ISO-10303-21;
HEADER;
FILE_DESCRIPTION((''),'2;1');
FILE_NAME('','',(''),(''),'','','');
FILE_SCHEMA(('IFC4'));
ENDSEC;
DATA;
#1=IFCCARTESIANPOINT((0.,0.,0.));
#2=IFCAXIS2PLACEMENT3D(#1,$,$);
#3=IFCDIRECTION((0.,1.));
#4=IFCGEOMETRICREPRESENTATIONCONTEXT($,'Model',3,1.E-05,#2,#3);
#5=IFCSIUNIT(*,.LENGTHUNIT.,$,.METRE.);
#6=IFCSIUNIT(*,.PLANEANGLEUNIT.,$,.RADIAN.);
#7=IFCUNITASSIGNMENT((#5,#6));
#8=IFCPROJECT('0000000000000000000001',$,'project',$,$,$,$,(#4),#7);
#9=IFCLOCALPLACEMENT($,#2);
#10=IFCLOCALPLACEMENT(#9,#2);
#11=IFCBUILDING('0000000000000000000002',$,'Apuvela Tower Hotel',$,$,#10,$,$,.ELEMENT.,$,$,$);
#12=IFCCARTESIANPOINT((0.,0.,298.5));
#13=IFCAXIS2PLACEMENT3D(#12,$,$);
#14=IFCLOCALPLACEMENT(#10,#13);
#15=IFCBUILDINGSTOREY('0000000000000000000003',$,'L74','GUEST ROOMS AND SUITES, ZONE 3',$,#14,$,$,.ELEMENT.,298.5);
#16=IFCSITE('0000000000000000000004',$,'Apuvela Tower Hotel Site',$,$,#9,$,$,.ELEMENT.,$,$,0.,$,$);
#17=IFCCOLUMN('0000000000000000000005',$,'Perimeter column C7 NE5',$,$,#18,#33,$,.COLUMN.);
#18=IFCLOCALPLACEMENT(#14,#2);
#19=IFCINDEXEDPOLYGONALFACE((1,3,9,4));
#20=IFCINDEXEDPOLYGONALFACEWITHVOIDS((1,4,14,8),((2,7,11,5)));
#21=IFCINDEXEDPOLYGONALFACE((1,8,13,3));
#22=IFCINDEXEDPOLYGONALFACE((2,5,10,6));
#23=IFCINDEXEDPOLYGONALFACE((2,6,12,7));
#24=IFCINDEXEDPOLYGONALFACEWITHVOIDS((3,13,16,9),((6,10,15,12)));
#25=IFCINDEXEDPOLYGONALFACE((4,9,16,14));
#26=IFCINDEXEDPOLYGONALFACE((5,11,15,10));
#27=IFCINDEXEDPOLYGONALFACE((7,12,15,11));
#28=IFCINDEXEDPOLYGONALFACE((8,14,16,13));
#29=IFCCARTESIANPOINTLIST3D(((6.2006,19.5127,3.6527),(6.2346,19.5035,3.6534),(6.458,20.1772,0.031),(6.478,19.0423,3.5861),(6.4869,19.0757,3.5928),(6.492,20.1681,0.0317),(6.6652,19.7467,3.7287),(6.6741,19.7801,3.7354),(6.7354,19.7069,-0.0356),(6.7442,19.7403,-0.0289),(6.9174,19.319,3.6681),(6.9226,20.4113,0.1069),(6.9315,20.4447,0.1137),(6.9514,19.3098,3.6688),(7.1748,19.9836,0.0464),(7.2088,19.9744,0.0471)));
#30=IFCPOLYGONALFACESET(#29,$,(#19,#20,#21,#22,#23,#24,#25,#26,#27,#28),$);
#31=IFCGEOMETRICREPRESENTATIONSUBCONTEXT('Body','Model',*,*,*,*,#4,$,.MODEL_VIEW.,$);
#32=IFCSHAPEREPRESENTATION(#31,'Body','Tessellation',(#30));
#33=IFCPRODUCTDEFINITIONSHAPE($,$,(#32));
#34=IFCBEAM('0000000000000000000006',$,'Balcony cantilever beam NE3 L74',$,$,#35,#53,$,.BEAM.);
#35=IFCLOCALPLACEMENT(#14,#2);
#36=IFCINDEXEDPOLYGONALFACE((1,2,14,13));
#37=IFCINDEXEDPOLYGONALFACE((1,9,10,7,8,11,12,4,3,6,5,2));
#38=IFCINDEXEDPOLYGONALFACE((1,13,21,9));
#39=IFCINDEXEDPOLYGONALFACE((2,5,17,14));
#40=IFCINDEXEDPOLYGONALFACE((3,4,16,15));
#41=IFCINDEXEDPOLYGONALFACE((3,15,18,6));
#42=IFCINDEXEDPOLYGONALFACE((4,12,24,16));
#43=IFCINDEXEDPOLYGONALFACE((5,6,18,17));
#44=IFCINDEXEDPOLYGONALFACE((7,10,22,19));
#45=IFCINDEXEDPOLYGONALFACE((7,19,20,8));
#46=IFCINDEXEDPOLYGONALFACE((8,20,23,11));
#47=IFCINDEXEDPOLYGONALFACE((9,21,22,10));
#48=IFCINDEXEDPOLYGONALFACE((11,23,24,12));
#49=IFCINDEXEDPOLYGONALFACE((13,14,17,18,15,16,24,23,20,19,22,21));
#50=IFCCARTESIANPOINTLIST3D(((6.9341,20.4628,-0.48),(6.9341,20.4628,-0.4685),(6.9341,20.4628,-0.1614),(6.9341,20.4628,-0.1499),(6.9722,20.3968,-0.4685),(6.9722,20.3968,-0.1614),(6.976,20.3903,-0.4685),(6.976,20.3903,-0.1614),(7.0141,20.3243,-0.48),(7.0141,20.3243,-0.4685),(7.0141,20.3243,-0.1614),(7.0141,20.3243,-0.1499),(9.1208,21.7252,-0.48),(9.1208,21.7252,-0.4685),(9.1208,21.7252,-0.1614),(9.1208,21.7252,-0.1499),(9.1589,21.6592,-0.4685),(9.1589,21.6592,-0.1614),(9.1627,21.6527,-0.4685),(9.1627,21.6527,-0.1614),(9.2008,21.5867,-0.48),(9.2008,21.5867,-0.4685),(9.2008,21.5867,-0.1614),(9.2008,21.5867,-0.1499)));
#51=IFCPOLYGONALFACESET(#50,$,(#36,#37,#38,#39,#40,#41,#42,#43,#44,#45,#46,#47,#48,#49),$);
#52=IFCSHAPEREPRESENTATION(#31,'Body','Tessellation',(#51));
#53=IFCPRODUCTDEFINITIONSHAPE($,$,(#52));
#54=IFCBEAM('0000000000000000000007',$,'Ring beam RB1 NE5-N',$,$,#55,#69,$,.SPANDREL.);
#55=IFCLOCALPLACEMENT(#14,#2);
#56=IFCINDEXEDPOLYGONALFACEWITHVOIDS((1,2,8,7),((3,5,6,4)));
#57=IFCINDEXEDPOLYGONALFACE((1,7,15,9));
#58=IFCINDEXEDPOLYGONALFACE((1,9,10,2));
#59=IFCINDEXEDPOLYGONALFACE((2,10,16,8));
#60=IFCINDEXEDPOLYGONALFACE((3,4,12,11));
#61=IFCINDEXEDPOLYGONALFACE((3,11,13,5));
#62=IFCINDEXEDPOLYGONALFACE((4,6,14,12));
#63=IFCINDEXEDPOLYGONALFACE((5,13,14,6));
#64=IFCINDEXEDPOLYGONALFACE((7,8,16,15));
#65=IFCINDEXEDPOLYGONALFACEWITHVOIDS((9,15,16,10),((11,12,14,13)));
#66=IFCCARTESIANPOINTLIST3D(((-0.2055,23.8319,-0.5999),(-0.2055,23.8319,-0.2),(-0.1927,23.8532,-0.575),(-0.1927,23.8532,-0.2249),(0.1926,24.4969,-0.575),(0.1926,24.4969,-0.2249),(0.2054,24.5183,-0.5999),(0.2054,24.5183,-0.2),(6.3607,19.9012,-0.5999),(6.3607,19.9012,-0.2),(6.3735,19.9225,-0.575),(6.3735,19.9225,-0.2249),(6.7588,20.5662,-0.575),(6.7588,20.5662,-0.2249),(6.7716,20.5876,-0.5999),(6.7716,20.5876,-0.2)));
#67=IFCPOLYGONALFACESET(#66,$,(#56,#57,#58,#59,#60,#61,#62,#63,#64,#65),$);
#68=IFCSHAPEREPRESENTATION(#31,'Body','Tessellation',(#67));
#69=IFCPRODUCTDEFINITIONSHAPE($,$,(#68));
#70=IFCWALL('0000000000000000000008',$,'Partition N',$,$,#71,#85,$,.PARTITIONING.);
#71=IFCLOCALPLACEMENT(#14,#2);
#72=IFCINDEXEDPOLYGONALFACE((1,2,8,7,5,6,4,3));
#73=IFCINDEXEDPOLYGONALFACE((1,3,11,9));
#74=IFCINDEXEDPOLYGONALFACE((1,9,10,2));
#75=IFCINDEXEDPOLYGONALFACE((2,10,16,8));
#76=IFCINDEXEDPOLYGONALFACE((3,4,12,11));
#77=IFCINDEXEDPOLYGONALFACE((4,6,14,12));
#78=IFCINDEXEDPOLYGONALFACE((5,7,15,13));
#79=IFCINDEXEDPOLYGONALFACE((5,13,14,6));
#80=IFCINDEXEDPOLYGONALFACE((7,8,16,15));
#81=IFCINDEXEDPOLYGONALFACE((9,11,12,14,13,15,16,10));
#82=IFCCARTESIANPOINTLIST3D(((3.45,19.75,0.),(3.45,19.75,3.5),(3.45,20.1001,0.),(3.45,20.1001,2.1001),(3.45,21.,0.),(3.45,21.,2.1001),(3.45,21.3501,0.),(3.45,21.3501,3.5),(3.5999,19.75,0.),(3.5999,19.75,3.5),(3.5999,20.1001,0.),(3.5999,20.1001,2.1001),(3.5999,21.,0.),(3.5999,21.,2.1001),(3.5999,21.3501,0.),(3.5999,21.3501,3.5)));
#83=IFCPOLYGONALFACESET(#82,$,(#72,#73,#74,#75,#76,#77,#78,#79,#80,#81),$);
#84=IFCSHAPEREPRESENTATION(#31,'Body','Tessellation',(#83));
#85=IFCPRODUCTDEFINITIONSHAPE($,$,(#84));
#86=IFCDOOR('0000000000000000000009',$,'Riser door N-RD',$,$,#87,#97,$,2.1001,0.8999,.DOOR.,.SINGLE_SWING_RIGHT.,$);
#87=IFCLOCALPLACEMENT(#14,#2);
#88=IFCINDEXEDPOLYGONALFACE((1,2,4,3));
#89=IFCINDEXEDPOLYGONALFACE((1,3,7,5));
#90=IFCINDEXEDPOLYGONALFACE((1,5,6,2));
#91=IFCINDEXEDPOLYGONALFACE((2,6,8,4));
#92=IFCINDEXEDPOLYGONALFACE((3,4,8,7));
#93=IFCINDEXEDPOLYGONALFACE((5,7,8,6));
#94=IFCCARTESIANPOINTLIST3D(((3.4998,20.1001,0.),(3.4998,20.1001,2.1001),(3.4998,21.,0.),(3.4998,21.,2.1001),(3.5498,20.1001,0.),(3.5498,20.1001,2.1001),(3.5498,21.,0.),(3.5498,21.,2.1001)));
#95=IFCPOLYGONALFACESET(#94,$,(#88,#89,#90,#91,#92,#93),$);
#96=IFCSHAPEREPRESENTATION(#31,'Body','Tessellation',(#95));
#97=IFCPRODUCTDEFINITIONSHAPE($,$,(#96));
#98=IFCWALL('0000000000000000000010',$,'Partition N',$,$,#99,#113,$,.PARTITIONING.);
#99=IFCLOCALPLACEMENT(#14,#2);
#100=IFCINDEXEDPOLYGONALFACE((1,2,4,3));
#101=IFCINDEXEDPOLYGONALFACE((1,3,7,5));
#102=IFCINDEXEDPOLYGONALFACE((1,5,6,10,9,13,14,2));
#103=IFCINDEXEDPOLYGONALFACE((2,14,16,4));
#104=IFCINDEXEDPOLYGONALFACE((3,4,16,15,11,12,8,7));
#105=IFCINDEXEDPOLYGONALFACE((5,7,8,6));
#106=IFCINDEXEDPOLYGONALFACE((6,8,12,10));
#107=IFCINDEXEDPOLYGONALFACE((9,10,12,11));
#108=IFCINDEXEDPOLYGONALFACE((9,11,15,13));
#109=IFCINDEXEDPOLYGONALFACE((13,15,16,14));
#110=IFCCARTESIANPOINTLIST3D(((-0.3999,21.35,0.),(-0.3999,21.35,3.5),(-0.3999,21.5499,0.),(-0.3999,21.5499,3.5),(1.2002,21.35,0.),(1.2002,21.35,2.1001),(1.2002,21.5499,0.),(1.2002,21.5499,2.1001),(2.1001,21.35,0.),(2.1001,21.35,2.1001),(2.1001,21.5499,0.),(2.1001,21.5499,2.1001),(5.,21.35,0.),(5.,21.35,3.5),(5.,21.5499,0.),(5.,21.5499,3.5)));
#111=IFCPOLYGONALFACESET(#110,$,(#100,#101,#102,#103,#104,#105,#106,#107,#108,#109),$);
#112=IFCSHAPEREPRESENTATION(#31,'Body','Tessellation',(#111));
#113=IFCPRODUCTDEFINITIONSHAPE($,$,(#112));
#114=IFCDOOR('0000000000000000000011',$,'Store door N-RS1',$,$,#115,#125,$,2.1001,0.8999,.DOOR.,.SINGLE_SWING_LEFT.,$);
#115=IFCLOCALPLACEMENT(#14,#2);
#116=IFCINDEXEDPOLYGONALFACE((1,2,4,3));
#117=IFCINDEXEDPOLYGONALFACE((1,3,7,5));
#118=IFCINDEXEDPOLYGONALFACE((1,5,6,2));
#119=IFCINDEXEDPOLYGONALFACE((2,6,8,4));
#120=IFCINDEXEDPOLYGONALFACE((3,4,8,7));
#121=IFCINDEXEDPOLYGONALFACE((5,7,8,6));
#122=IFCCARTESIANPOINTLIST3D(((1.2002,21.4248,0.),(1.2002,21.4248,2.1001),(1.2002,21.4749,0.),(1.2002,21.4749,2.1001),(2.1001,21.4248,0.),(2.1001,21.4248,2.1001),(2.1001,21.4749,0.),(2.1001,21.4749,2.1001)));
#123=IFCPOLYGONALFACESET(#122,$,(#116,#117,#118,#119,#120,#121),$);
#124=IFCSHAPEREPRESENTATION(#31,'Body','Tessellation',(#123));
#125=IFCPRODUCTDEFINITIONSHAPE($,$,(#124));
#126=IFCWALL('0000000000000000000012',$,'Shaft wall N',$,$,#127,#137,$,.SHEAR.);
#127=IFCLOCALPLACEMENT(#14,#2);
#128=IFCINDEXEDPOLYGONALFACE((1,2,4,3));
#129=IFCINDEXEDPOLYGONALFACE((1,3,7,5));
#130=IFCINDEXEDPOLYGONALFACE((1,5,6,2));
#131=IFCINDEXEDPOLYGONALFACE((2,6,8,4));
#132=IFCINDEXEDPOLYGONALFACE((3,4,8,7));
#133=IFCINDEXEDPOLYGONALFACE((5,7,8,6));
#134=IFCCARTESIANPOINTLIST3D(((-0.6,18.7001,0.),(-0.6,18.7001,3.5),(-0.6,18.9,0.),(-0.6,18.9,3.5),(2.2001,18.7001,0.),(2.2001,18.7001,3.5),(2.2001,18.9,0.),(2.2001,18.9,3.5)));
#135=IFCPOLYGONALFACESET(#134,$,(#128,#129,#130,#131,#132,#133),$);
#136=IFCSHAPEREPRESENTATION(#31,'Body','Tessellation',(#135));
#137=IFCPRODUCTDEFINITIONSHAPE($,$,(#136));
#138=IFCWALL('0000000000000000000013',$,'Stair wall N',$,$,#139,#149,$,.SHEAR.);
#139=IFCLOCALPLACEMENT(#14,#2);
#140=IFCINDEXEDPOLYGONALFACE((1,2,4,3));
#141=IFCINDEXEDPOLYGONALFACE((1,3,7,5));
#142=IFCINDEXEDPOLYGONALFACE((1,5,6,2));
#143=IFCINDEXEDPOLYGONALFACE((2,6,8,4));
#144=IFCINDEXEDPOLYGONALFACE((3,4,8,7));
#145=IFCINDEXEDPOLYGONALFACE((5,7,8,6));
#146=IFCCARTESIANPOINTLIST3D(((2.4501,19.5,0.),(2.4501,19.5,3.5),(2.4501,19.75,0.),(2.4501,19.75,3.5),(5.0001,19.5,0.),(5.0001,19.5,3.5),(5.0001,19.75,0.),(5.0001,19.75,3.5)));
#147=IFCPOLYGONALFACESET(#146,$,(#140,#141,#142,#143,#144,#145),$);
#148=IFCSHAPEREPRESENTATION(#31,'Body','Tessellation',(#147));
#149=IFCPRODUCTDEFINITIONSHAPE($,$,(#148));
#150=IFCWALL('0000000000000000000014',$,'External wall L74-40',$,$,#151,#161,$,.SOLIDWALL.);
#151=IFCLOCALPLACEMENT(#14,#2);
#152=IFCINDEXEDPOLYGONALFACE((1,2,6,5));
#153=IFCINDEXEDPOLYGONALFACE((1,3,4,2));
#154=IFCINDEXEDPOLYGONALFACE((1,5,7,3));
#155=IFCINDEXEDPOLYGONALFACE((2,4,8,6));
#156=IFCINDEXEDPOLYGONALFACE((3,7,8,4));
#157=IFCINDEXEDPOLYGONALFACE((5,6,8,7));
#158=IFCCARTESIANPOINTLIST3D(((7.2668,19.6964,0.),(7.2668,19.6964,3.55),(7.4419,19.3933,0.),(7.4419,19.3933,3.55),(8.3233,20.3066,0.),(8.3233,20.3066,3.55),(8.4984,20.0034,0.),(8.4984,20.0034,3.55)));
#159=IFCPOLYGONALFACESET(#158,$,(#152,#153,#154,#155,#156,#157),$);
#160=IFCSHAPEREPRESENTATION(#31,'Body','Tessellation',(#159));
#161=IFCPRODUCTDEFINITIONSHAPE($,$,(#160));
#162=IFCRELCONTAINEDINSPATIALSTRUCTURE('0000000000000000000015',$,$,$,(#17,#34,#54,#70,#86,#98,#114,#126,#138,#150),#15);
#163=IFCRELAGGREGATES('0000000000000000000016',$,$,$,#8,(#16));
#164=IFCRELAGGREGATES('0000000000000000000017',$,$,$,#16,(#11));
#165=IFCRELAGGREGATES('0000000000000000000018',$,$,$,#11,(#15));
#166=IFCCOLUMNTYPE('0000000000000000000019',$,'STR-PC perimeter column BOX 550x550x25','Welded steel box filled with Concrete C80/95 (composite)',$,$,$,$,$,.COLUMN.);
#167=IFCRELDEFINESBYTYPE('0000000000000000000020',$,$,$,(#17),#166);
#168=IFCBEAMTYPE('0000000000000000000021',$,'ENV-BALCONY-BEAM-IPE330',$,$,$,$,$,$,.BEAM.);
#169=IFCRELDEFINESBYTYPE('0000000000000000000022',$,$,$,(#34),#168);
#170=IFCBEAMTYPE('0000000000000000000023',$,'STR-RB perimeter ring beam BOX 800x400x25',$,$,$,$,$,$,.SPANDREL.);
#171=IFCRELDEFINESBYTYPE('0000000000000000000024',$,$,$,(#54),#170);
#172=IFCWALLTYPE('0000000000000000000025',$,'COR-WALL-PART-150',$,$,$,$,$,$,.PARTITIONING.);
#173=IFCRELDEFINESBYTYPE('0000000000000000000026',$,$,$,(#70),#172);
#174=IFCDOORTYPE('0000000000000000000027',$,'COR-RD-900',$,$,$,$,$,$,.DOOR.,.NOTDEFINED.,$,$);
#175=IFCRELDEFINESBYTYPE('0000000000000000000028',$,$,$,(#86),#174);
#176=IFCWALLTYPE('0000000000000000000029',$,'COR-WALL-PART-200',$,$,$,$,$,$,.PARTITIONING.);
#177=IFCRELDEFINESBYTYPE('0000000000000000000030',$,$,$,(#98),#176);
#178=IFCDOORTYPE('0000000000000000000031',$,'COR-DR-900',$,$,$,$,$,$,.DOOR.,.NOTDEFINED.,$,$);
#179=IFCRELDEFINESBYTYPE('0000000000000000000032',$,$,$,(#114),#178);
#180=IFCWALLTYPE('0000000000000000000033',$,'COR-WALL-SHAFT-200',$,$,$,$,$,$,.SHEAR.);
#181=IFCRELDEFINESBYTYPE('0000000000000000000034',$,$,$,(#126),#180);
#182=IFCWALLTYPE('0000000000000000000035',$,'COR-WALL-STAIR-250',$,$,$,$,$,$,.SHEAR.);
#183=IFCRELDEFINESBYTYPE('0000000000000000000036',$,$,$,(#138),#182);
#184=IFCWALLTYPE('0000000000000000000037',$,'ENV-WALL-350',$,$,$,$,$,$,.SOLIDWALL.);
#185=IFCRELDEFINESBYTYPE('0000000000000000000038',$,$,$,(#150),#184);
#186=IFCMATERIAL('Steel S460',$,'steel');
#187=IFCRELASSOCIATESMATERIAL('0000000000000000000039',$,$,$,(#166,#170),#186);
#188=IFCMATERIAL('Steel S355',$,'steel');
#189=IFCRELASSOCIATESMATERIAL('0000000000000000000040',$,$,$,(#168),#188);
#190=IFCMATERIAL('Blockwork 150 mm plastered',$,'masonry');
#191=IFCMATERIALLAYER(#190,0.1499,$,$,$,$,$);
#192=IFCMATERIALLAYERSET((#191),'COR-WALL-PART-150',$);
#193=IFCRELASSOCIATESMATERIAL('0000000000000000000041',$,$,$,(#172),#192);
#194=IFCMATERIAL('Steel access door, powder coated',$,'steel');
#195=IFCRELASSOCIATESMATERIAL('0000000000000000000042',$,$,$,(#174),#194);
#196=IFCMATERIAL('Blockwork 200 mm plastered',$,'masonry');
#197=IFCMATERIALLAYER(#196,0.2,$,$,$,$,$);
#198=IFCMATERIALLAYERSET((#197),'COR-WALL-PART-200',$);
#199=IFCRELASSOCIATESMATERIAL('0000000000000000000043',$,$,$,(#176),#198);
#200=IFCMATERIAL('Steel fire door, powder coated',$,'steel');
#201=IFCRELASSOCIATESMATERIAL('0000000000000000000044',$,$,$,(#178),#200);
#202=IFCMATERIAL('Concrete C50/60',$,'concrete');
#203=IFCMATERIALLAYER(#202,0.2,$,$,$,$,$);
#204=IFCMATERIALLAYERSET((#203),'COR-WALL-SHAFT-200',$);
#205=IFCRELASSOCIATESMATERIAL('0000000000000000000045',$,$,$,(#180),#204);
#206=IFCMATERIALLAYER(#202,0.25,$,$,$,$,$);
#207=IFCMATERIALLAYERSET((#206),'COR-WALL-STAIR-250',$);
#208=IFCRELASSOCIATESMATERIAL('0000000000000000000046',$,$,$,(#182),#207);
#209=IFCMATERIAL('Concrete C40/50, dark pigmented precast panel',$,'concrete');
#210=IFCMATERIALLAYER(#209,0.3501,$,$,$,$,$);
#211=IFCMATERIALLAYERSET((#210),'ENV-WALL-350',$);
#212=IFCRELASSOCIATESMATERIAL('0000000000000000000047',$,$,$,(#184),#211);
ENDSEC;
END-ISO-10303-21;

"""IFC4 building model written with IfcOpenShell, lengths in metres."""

from ifc_helpers import new_model, si_unit, direction, frame, frame_2d, origin, origin_2d, place, context, subcontext, project, spatial, rectangle, hollow_rectangle, i_section, extrude, boolean, halfspace, material, layer, layer_set, material_profile, profile_set, type_object, element, fill, save


model = new_model("IFC4")

# Units and contexts
model_context = context("Model", 3, precision=1e-05, world=origin(), true_north=direction((0.0, 1.0)))
body_context = subcontext(model_context, "Body", "Model", "MODEL_VIEW")
ifc_project = project(units=[si_unit("LENGTHUNIT", "METRE"), si_unit("PLANEANGLEUNIT", "RADIAN")], contexts=[model_context])

# Site, building, storey
site_placement = place(None, origin())
site = spatial("IfcSite", under=ifc_project, at=site_placement, Name="Apuvela Tower Hotel Site", CompositionType="ELEMENT", RefElevation=0.0)
building_placement = place(site_placement, origin())
building = spatial("IfcBuilding", under=site, at=building_placement, Name="Apuvela Tower Hotel", CompositionType="ELEMENT")
storey_placement = place(building_placement, frame((0.0, 0.0, 298.5)))
storey = spatial("IfcBuildingStorey", under=building, at=storey_placement, Name="L74", Description="GUEST ROOMS AND SUITES, ZONE 3", CompositionType="ELEMENT", Elevation=298.5)

# Column
ifc_material_1 = material(Name="Steel S460", Category="steel")
ifc_material_profile_1 = material_profile(ifc_material_1, hollow_rectangle(XDim=0.55, YDim=0.55, WallThickness=0.0249, at=origin_2d()), Name="BOX 550x550x25")
ifc_material_2 = material(Name="Concrete C80/95", Category="concrete")
ifc_material_profile_2 = material_profile(ifc_material_2, rectangle(XDim=0.5, YDim=0.5, at=origin_2d()), Name="Concrete C80/95 infill")
ifc_profile_set_1 = profile_set([ifc_material_profile_1, ifc_material_profile_2], Name="Steel S460")
column_type = type_object("IfcColumnType", Name="STR-PC perimeter column BOX 550x550x25", Description="Welded steel box filled with Concrete C80/95 (composite)", PredefinedType="COLUMN", material=ifc_profile_set_1)
column_placement = place(storey_placement, frame((6.8362, 20.083, 0.0), z_axis=(-0.069728, -0.180051, 0.981183), x_axis=(-0.504247, 0.855031, 0.121067)))
element("IfcColumn", 1, at=column_placement, inside=storey, type_object=column_type, Name="Perimeter column C7 NE5", PredefinedType="COLUMN", context=body_context, shape_type="SweptSolid", body=[
    boolean("DIFFERENCE", boolean("DIFFERENCE", extrude(hollow_rectangle(XDim=0.55, YDim=0.55, WallThickness=0.0249, at=origin_2d()), origin(), (0.0, 0.0, 1.0), 3.771), halfspace(frame((0.0, 0.0, 0.0398), z_axis=(0.0, 0.0, 1.0), x_axis=(1.0, 0.0, 0.0)), True)), halfspace(frame((0.0, 0.0, 3.731), z_axis=(0.0, 0.0, 1.0), x_axis=(1.0, 0.0, 0.0)), False)),
])

# Beams
ifc_material_3 = material(Name="Steel S355", Category="steel")
ifc_material_profile_3 = material_profile(ifc_material_3, i_section(OverallWidth=0.1599, OverallDepth=0.3301, WebThickness=0.0076, FlangeThickness=0.0115, at=origin_2d()), Name="IPE 330")
ifc_profile_set_2 = profile_set([ifc_material_profile_3], Name="Steel S355")
beam_type_1 = type_object("IfcBeamType", Name="ENV-BALCONY-BEAM-IPE330", PredefinedType="BEAM", material=ifc_profile_set_2)
beam_1_placement = place(storey_placement, frame((6.9741, 20.3936, -0.3149), z_axis=(0.866039, 0.499976, 0.0), x_axis=(-0.499976, 0.866039, 0.0)))
element("IfcBeam", 2, at=beam_1_placement, inside=storey, type_object=beam_type_1, Name="Balcony cantilever beam NE3 L74", PredefinedType="BEAM", context=body_context, shape_type="SweptSolid", body=[
    extrude(i_section(OverallWidth=0.1599, OverallDepth=0.3301, WebThickness=0.0076, FlangeThickness=0.0115, at=origin_2d()), origin(), (0.0, 0.0, 1.0), 2.5249),
])
ifc_material_profile_4 = material_profile(ifc_material_1, hollow_rectangle(XDim=0.8, YDim=0.3999, WallThickness=0.0249, at=origin_2d()), Name="BOX 800x400x25")
ifc_profile_set_3 = profile_set([ifc_material_profile_4], Name="Steel S460")
beam_type_2 = type_object("IfcBeamType", Name="STR-RB perimeter ring beam BOX 800x400x25", PredefinedType="SPANDREL", material=ifc_profile_set_3)
beam_2_placement = place(storey_placement, frame((6.5662, 20.2444, -0.3999), z_axis=(-0.858013, 0.513628, 0.0), x_axis=(-0.513628, -0.858013, 0.0)))
element("IfcBeam", 3, at=beam_2_placement, inside=storey, type_object=beam_type_2, Name="Ring beam RB1 NE5-N", PredefinedType="SPANDREL", context=body_context, shape_type="SweptSolid", body=[
    extrude(hollow_rectangle(XDim=0.8, YDim=0.3999, WallThickness=0.0249, at=origin_2d()), origin(), (0.0, 0.0, 1.0), 7.6528),
])

# Walls, openings, doors
ifc_material_4 = material(Name="Blockwork 150 mm plastered", Category="masonry")
ifc_layer_1 = layer(ifc_material_4, 0.1499)
ifc_layer_set_1 = layer_set([ifc_layer_1], Name="COR-WALL-PART-150")
wall_type_1 = type_object("IfcWallType", Name="COR-WALL-PART-150", PredefinedType="PARTITIONING", material=ifc_layer_set_1)
wall_1_placement = place(storey_placement, frame((3.5249, 19.75, 0.0), z_axis=(0.0, 0.0, 1.0), x_axis=(0.0, 1.0, 0.0)))
wall_1 = element("IfcWall", 4, at=wall_1_placement, inside=storey, type_object=wall_type_1, Name="Partition N", PredefinedType="PARTITIONING", context=body_context, shape_type="SweptSolid", body=[
    extrude(rectangle(XDim=1.6001, YDim=0.1499, at=frame_2d((0.8, 0.0))), origin(), (0.0, 0.0, 1.0), 3.5),
])
opening_1_placement = place(wall_1_placement, frame((0.3501, 0.0, 0.0)))
opening_1 = element("IfcOpeningElement", 5, at=opening_1_placement, cuts=wall_1, PredefinedType="OPENING", context=body_context, shape_type="SweptSolid", body=[
    extrude(rectangle(XDim=0.8999, YDim=2.1001, at=frame_2d((0.45, 1.05))), frame((0.0, 0.085, 0.0), z_axis=(0.0, -1.0, 0.0), x_axis=(1.0, 0.0, 0.0)), (0.0, 0.0, 1.0), 0.1699),
])
ifc_material_5 = material(Name="Steel access door, powder coated", Category="steel")
door_type_1 = type_object("IfcDoorType", Name="COR-RD-900", OperationType="NOTDEFINED", PredefinedType="DOOR", material=ifc_material_5)
door_1_placement = place(opening_1_placement, frame((0.8999, 0.0, 0.0), z_axis=(0.0, 0.0, 1.0), x_axis=(-1.0, 0.0, 0.0)))
door_1 = element("IfcDoor", 6, at=door_1_placement, inside=storey, type_object=door_type_1, Name="Riser door N-RD", OperationType="SINGLE_SWING_RIGHT", OverallHeight=2.1001, OverallWidth=0.8999, PredefinedType="DOOR", context=body_context, shape_type="SweptSolid", body=[
    extrude(rectangle(XDim=0.8999, YDim=2.1001, at=frame_2d((0.45, 1.05))), frame((0.0, 0.0249, 0.0), z_axis=(0.0, -1.0, 0.0), x_axis=(1.0, 0.0, 0.0)), (0.0, 0.0, 1.0), 0.05),
])
fill(opening_1, door_1)
ifc_material_6 = material(Name="Blockwork 200 mm plastered", Category="masonry")
ifc_layer_2 = layer(ifc_material_6, 0.2)
ifc_layer_set_2 = layer_set([ifc_layer_2], Name="COR-WALL-PART-200")
wall_type_2 = type_object("IfcWallType", Name="COR-WALL-PART-200", PredefinedType="PARTITIONING", material=ifc_layer_set_2)
wall_2_placement = place(storey_placement, frame((5.0, 21.45, 0.0), z_axis=(0.0, 0.0, 1.0), x_axis=(-1.0, 0.0, 0.0)))
wall_2 = element("IfcWall", 7, at=wall_2_placement, inside=storey, type_object=wall_type_2, Name="Partition N", PredefinedType="PARTITIONING", context=body_context, shape_type="SweptSolid", body=[
    extrude(rectangle(XDim=5.3999, YDim=0.2, at=frame_2d((2.7, 0.0))), origin(), (0.0, 0.0, 1.0), 3.5),
])
opening_2_placement = place(wall_2_placement, frame((2.8999, 0.0, 0.0)))
opening_2 = element("IfcOpeningElement", 8, at=opening_2_placement, cuts=wall_2, PredefinedType="OPENING", context=body_context, shape_type="SweptSolid", body=[
    extrude(rectangle(XDim=0.8999, YDim=2.1001, at=frame_2d((0.45, 1.05))), frame((0.0, 0.1099, 0.0), z_axis=(0.0, -1.0, 0.0), x_axis=(1.0, 0.0, 0.0)), (0.0, 0.0, 1.0), 0.22),
])
ifc_material_7 = material(Name="Steel fire door, powder coated", Category="steel")
door_type_2 = type_object("IfcDoorType", Name="COR-DR-900", OperationType="NOTDEFINED", PredefinedType="DOOR", material=ifc_material_7)
door_2_placement = place(opening_2_placement, frame((0.8999, 0.0, 0.0), z_axis=(0.0, 0.0, 1.0), x_axis=(-1.0, 0.0, 0.0)))
door_2 = element("IfcDoor", 9, at=door_2_placement, inside=storey, type_object=door_type_2, Name="Store door N-RS1", OperationType="SINGLE_SWING_LEFT", OverallHeight=2.1001, OverallWidth=0.8999, PredefinedType="DOOR", context=body_context, shape_type="SweptSolid", body=[
    extrude(rectangle(XDim=0.8999, YDim=2.1001, at=frame_2d((0.45, 1.05))), frame((0.0, 0.0249, 0.0), z_axis=(0.0, -1.0, 0.0), x_axis=(1.0, 0.0, 0.0)), (0.0, 0.0, 1.0), 0.05),
])
fill(opening_2, door_2)

# Walls
ifc_material_8 = material(Name="Concrete C50/60", Category="concrete")
ifc_layer_3 = layer(ifc_material_8, 0.2)
ifc_layer_set_3 = layer_set([ifc_layer_3], Name="COR-WALL-SHAFT-200")
wall_type_3 = type_object("IfcWallType", Name="COR-WALL-SHAFT-200", PredefinedType="SHEAR", material=ifc_layer_set_3)
wall_3_placement = place(storey_placement, frame((2.2, 18.8, 0.0), z_axis=(0.0, 0.0, 1.0), x_axis=(-1.0, 0.0, 0.0)))
element("IfcWall", 10, at=wall_3_placement, inside=storey, type_object=wall_type_3, Name="Shaft wall N", PredefinedType="SHEAR", context=body_context, shape_type="SweptSolid", body=[
    extrude(rectangle(XDim=2.8, YDim=0.2, at=frame_2d((1.3999, 0.0))), origin(), (0.0, 0.0, 1.0), 3.5),
])
ifc_layer_4 = layer(ifc_material_8, 0.25)
ifc_layer_set_4 = layer_set([ifc_layer_4], Name="COR-WALL-STAIR-250")
wall_type_4 = type_object("IfcWallType", Name="COR-WALL-STAIR-250", PredefinedType="SHEAR", material=ifc_layer_set_4)
wall_4_placement = place(storey_placement, frame((5.0, 19.625, 0.0), z_axis=(0.0, 0.0, 1.0), x_axis=(-1.0, 0.0, 0.0)))
element("IfcWall", 11, at=wall_4_placement, inside=storey, type_object=wall_type_4, Name="Stair wall N", PredefinedType="SHEAR", context=body_context, shape_type="SweptSolid", body=[
    extrude(rectangle(XDim=2.55, YDim=0.25, at=frame_2d((1.2749, 0.0))), origin(), (0.0, 0.0, 1.0), 3.5),
])
ifc_material_9 = material(Name="Concrete C40/50, dark pigmented precast panel", Category="concrete")
ifc_layer_5 = layer(ifc_material_9, 0.3501)
ifc_layer_set_5 = layer_set([ifc_layer_5], Name="ENV-WALL-350")
wall_type_5 = type_object("IfcWallType", Name="ENV-WALL-350", PredefinedType="SOLIDWALL", material=ifc_layer_set_5)
wall_5_placement = place(storey_placement, frame((7.3545, 19.5449, 0.0), z_axis=(0.0, 0.0, 1.0), x_axis=(0.865956, 0.500121, 0.0)))
element("IfcWall", 12, at=wall_5_placement, inside=storey, type_object=wall_type_5, Name="External wall L74-40", PredefinedType="SOLIDWALL", context=body_context, shape_type="SweptSolid", body=[
    extrude(rectangle(XDim=1.22, YDim=0.3501, at=frame_2d((0.6099, 0.0))), origin(), (0.0, 0.0, 1.0), 3.55),
])

save(model, "model.ifc")
